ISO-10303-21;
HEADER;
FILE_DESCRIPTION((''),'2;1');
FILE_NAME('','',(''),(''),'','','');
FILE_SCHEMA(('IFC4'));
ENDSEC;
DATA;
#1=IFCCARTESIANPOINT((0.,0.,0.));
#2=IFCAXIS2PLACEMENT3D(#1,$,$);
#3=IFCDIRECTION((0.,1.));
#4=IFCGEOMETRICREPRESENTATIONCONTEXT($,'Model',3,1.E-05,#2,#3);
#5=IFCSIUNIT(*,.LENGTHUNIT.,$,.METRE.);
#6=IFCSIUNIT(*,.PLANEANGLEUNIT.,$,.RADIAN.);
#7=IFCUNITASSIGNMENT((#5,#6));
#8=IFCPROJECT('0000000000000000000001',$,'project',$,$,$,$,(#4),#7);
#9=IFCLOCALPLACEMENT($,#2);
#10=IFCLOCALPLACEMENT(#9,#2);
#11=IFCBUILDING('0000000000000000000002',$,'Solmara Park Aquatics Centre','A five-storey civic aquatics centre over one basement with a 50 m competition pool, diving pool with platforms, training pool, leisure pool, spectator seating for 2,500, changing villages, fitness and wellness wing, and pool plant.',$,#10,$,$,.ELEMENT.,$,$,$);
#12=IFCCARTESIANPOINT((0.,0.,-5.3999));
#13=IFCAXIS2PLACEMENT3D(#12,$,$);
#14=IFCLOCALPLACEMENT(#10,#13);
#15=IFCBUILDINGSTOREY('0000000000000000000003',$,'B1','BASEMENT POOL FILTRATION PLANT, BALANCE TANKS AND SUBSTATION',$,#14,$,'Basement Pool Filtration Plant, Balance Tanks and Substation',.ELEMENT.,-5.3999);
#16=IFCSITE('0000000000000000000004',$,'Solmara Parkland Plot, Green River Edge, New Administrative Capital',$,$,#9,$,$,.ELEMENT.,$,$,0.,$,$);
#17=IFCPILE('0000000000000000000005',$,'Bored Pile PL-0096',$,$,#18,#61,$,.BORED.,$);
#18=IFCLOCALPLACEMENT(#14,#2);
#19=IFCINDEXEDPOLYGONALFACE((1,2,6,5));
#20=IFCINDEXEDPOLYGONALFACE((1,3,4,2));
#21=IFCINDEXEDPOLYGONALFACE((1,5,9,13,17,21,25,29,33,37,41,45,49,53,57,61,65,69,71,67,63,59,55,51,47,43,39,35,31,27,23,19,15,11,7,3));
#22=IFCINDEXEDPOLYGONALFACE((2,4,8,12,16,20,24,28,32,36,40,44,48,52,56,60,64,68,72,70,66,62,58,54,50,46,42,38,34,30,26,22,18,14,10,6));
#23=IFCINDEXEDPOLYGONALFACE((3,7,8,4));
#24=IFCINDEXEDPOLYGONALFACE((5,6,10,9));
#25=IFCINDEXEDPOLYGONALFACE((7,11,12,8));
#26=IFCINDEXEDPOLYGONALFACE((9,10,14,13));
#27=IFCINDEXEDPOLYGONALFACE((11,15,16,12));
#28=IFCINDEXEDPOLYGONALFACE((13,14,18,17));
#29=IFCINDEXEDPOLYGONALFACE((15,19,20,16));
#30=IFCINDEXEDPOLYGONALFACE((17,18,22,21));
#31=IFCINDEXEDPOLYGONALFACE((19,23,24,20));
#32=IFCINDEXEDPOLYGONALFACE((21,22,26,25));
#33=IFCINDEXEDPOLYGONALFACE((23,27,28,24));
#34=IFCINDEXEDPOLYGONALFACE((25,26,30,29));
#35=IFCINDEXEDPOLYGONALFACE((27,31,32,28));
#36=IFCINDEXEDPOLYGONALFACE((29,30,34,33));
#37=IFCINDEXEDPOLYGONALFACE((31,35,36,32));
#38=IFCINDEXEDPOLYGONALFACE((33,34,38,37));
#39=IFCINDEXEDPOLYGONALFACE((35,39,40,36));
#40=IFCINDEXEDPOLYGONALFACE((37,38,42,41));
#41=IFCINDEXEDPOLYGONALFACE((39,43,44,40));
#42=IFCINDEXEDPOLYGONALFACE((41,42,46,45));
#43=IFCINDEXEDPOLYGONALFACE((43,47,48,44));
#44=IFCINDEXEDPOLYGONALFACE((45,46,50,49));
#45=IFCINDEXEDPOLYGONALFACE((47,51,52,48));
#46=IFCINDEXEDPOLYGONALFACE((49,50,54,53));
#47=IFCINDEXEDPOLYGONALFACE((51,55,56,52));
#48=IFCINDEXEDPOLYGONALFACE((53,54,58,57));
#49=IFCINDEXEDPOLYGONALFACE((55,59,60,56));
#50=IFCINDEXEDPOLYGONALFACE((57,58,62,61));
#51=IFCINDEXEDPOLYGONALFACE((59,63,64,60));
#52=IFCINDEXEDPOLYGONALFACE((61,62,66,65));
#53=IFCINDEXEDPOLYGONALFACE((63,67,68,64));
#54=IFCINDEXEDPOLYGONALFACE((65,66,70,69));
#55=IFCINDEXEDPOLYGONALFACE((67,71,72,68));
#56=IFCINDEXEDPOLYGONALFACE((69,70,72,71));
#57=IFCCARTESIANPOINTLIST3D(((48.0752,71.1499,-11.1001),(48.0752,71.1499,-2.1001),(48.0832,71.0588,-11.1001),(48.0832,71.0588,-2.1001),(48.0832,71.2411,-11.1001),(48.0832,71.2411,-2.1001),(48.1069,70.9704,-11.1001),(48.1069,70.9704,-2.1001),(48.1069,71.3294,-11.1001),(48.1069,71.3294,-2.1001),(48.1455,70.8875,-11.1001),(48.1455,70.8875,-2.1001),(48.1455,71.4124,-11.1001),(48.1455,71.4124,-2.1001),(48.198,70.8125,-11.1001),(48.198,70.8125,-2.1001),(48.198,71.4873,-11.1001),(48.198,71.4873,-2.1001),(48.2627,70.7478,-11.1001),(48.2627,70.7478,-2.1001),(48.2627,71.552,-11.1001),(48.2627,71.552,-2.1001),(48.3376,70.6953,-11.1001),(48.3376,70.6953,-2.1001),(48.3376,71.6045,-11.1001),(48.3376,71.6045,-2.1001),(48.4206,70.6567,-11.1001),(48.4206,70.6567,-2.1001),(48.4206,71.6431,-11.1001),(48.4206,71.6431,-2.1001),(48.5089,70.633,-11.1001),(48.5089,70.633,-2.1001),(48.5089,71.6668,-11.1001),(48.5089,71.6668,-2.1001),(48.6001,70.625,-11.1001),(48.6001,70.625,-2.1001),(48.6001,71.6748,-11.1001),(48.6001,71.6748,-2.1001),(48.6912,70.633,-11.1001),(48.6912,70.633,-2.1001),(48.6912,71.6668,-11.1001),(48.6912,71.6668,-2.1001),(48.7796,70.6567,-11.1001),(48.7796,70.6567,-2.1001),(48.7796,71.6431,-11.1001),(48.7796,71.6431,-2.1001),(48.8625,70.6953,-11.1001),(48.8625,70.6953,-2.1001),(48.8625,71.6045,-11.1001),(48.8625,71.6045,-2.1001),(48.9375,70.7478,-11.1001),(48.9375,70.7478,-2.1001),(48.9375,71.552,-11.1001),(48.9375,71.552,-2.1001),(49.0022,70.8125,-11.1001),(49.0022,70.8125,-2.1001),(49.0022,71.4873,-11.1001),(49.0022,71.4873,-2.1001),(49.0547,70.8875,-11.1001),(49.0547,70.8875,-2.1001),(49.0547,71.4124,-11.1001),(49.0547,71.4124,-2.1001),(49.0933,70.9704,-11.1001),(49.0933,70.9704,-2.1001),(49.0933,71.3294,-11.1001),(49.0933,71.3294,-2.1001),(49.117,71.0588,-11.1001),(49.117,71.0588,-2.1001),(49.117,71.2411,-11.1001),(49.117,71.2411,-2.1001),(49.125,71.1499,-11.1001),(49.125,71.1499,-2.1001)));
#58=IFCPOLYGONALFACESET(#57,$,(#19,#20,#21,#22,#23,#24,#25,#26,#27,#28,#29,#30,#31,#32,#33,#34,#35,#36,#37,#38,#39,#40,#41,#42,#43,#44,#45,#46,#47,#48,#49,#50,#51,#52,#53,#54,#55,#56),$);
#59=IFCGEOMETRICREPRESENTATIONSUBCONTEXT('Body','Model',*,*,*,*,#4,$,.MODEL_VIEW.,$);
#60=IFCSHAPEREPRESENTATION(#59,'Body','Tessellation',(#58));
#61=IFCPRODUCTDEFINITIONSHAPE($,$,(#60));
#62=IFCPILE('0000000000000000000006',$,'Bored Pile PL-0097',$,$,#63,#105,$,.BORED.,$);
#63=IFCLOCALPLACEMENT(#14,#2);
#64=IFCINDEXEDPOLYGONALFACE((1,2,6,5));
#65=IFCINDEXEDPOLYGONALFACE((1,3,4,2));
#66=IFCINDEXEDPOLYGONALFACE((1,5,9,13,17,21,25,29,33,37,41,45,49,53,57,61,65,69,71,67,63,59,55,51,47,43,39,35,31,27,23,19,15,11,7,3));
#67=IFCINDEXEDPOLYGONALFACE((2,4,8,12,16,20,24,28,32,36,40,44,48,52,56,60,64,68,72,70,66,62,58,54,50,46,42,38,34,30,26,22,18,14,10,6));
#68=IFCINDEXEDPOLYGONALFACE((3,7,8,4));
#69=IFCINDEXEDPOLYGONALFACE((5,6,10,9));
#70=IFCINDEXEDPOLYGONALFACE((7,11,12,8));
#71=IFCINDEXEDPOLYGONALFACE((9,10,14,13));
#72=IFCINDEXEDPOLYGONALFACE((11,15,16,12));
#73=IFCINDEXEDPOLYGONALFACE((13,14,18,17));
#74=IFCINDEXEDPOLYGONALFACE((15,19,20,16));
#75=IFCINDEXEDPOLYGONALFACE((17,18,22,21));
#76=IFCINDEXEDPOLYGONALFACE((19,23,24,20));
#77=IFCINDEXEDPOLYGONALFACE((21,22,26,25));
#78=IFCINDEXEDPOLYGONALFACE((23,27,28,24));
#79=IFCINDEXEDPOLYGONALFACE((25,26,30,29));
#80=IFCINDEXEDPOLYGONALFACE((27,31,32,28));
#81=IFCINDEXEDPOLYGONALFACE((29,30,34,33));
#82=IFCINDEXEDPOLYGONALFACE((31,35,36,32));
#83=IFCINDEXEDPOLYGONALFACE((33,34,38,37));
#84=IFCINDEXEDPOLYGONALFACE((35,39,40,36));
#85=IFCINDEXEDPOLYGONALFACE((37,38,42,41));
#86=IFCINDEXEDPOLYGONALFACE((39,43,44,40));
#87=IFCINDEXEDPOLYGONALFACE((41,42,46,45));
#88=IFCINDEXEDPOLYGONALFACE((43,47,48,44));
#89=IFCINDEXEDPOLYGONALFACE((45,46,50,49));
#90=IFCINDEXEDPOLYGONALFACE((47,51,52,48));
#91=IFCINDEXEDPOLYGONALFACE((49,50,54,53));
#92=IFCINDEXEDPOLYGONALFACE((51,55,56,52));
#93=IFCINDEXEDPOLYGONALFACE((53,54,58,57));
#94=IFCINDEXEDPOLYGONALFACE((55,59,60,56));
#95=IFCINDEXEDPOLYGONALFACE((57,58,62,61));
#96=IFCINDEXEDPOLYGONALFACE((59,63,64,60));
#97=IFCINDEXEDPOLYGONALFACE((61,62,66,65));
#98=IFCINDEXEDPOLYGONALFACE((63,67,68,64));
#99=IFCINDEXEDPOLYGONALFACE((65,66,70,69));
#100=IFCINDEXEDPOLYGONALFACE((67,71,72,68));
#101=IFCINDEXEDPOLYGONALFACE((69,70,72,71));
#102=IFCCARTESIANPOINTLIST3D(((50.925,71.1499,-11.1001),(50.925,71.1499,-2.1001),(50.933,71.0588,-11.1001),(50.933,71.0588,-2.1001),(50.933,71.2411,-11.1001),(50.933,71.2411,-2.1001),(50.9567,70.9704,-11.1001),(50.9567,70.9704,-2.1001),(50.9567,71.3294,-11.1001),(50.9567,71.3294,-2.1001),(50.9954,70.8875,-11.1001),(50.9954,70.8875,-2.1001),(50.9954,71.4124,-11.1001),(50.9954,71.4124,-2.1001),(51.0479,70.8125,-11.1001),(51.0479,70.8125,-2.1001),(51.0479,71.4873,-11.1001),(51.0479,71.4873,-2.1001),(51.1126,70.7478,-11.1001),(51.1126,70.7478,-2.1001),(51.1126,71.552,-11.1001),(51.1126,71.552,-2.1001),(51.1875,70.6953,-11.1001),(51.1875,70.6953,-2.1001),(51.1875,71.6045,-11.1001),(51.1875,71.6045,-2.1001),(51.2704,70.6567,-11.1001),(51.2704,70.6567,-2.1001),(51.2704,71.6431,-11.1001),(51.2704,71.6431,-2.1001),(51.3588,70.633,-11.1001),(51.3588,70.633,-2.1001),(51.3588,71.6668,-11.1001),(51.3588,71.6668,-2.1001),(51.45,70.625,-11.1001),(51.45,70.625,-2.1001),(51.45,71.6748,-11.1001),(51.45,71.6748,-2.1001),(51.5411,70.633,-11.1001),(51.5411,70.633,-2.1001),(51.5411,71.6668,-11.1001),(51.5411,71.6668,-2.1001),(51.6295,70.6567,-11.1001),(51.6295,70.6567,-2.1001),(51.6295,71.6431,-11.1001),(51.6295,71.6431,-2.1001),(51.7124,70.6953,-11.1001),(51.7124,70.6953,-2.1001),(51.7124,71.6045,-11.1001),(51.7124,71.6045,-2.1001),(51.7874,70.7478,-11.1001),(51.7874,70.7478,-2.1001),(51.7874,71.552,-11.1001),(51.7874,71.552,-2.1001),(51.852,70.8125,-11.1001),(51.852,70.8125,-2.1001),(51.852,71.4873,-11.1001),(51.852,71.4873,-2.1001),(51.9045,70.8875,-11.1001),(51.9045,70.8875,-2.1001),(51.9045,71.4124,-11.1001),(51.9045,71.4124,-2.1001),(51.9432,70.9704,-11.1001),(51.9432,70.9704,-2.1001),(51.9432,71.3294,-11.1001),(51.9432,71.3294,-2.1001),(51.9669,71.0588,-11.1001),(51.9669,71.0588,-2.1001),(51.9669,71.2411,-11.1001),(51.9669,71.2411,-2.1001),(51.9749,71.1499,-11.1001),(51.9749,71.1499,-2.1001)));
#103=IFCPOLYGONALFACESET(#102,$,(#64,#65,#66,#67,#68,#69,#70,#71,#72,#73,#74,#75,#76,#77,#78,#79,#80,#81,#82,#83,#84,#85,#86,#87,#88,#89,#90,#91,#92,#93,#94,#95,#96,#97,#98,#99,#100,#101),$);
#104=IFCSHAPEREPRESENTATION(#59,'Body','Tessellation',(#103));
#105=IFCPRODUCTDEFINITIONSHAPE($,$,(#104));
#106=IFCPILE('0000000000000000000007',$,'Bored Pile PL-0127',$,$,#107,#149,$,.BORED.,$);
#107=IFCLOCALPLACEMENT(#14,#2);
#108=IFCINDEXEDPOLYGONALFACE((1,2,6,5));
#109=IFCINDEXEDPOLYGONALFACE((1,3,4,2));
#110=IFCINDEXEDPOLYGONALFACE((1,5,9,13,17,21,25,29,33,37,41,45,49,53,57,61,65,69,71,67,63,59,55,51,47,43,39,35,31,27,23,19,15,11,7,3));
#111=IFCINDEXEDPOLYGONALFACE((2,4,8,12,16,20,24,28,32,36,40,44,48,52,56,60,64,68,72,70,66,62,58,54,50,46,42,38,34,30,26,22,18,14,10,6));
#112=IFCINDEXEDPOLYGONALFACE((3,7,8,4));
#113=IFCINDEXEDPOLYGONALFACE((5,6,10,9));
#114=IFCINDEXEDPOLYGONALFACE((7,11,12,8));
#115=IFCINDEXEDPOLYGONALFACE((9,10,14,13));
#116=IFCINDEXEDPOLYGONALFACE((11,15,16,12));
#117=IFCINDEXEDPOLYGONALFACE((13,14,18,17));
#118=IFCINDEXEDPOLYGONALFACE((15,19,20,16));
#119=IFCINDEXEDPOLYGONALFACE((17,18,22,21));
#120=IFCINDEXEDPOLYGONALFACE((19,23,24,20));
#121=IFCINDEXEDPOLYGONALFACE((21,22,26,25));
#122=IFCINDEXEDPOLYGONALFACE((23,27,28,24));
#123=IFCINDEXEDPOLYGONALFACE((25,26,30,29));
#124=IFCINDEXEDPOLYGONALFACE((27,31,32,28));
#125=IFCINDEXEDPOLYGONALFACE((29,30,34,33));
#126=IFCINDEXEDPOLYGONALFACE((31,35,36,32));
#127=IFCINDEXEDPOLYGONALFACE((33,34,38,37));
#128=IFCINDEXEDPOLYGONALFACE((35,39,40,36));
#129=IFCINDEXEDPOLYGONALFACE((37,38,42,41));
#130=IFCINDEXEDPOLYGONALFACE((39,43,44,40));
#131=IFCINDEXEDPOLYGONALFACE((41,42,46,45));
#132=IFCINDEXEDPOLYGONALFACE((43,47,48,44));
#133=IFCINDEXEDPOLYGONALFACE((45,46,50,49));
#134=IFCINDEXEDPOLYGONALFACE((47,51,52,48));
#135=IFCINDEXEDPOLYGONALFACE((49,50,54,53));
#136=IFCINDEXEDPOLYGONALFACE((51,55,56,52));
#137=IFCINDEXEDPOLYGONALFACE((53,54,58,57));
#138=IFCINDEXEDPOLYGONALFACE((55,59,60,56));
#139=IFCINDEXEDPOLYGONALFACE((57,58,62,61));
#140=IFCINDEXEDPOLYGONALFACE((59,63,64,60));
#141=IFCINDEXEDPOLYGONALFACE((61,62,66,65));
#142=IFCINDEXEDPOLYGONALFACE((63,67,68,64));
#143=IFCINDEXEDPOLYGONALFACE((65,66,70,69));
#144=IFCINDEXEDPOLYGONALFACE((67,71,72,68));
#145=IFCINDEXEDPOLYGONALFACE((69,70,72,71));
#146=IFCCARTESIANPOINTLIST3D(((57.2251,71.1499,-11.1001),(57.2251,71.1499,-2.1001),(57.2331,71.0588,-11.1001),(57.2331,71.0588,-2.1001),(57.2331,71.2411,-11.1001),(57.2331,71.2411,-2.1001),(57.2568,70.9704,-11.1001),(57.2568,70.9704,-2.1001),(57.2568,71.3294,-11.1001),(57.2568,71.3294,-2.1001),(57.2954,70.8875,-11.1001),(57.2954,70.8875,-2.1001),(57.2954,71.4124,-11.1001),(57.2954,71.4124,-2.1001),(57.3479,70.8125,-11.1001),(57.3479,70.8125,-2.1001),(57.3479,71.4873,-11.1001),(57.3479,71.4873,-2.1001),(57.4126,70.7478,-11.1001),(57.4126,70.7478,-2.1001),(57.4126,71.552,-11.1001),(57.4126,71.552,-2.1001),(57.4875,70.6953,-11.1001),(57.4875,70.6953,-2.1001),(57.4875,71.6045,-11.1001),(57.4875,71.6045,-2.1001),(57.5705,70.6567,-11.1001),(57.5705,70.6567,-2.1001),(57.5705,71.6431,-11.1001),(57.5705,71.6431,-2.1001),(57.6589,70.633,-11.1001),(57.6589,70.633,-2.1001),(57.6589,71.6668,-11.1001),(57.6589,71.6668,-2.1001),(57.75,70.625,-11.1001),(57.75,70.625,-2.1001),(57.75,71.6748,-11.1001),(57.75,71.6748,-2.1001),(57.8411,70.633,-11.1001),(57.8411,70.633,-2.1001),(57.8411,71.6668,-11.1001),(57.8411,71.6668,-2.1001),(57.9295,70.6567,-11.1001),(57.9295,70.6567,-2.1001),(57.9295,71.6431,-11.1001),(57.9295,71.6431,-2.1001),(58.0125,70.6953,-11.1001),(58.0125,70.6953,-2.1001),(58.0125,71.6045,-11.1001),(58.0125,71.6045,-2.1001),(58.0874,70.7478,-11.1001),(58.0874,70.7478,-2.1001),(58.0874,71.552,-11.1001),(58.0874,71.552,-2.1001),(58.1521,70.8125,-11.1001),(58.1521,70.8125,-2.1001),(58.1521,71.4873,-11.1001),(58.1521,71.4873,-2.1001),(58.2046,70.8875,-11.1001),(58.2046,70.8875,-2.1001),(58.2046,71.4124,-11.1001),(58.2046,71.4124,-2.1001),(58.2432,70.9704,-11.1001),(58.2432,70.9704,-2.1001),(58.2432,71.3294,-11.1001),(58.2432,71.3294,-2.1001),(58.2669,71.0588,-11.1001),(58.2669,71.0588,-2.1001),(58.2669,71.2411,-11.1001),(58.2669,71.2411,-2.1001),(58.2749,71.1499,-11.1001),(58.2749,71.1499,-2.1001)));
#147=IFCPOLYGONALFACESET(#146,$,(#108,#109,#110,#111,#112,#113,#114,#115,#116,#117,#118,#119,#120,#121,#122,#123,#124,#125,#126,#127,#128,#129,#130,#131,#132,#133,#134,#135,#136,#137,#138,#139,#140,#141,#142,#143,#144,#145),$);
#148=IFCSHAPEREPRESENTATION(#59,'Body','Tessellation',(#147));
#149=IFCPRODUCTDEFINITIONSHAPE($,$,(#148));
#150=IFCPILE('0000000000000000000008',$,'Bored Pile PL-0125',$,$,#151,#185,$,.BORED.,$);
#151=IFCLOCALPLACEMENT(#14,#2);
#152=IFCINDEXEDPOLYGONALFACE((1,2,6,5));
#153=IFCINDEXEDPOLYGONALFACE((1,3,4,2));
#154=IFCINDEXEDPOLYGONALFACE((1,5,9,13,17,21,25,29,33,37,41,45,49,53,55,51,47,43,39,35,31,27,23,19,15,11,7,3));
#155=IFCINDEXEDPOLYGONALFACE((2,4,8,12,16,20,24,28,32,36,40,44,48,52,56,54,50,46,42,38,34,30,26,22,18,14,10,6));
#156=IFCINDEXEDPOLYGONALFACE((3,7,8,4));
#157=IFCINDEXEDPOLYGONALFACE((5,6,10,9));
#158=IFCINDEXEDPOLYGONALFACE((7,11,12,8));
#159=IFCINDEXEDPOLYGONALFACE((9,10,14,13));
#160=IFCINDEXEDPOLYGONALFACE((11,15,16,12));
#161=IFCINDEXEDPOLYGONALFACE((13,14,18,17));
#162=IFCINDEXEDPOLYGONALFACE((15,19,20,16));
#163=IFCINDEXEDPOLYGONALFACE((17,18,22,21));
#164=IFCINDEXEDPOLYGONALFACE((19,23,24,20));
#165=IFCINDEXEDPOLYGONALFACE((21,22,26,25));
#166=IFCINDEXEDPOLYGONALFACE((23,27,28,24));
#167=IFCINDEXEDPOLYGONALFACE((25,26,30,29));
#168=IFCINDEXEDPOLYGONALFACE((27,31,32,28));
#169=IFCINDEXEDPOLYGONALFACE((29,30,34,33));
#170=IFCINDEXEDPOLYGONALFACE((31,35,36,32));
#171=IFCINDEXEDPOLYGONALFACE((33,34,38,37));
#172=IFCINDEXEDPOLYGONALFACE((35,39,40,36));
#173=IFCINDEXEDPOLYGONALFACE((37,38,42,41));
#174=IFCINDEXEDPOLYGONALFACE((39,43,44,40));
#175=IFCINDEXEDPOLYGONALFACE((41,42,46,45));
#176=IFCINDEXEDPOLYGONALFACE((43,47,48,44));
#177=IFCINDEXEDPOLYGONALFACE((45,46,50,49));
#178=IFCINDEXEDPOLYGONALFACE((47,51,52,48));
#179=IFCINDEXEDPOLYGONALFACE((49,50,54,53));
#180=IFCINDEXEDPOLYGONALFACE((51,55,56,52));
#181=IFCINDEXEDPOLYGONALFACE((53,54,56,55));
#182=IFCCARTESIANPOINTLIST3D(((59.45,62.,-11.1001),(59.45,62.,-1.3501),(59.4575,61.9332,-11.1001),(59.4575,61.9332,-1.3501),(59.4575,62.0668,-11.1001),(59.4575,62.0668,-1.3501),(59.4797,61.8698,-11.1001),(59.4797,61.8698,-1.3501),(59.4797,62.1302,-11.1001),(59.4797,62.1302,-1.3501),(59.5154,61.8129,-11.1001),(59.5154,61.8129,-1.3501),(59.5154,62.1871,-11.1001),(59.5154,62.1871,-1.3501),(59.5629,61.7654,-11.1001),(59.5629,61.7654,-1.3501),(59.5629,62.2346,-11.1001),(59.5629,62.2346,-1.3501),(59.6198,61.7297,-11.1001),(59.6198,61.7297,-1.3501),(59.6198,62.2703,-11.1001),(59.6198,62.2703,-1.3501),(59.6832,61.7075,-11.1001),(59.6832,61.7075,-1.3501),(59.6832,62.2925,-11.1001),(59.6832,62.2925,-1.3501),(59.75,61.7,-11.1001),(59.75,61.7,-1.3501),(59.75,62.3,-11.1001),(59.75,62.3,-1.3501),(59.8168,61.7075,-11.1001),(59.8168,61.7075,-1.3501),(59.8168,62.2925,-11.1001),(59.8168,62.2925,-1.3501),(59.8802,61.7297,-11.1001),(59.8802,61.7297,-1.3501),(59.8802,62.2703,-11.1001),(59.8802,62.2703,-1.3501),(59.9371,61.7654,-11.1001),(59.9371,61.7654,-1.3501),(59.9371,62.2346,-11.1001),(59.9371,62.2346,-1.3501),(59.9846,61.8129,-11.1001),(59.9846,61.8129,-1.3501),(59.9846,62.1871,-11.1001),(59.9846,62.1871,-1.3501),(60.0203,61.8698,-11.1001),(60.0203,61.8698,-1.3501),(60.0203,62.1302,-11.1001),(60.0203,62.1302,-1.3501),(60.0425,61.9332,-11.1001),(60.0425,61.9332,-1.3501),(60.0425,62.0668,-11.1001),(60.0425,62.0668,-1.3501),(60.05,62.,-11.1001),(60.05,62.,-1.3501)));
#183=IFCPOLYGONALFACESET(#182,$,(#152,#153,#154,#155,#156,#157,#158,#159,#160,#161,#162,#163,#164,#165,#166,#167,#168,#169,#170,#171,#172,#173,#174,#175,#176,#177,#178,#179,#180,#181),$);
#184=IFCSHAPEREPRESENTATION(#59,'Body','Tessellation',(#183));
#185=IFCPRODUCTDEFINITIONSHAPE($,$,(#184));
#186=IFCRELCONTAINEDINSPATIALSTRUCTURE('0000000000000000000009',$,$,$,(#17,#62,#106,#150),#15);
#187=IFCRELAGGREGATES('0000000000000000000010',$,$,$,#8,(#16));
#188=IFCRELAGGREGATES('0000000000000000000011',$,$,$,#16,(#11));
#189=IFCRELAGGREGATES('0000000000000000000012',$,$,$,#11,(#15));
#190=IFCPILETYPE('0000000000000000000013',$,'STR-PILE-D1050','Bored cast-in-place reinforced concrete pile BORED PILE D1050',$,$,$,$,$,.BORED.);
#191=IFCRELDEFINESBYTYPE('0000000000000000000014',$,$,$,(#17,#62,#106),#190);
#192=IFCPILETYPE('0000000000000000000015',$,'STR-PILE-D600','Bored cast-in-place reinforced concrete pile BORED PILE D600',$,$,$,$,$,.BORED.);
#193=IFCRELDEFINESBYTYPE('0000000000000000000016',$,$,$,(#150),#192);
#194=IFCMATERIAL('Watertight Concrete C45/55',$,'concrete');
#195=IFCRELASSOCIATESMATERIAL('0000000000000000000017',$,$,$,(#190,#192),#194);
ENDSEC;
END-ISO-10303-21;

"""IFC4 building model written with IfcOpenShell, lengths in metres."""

from ifc_helpers import new_model, si_unit, direction, frame, origin, origin_2d, place, context, subcontext, project, spatial, circle, extrude, material, material_profile, profile_set, type_object, element, save


model = new_model("IFC4")

# Units and contexts
model_context = context("Model", 3, precision=1e-05, world=origin(), true_north=direction((0.0, 1.0)))
body_context = subcontext(model_context, "Body", "Model", "MODEL_VIEW")
ifc_project = project(units=[si_unit("LENGTHUNIT", "METRE"), si_unit("PLANEANGLEUNIT", "RADIAN")], contexts=[model_context])

# Site, building, storey
site_placement = place(None, origin())
site = spatial("IfcSite", under=ifc_project, at=site_placement, Name="Solmara Parkland Plot, Green River Edge, New Administrative Capital", CompositionType="ELEMENT", RefElevation=0.0)
building_placement = place(site_placement, origin())
building = spatial("IfcBuilding", under=site, at=building_placement, Name="Solmara Park Aquatics Centre", Description="A five-storey civic aquatics centre over one basement with a 50 m competition pool, diving pool with platforms, training pool, leisure pool, spectator seating for 2,500, changing villages, fitness and wellness wing, and pool plant.", CompositionType="ELEMENT")
storey_placement = place(building_placement, frame((0.0, 0.0, -5.3999)))
storey = spatial("IfcBuildingStorey", under=building, at=storey_placement, Name="B1", Description="BASEMENT POOL FILTRATION PLANT, BALANCE TANKS AND SUBSTATION", LongName="Basement Pool Filtration Plant, Balance Tanks and Substation", CompositionType="ELEMENT", Elevation=-5.3999)

# Shared definitions
ifc_material_1 = material(Name="Watertight Concrete C45/55", Category="concrete")

# Piles
ifc_material_profile_1 = material_profile(ifc_material_1, circle(Radius=0.5249, at=origin_2d()), Name="BORED PILE D1050")
ifc_profile_set_1 = profile_set([ifc_material_profile_1], Name="Watertight Concrete C45/55")
pile_type_1 = type_object("IfcPileType", Name="STR-PILE-D1050", Description="Bored cast-in-place reinforced concrete pile BORED PILE D1050", PredefinedType="BORED", material=ifc_profile_set_1)
for number, where, z_axis, x_axis, name in (
    (1, (48.6001, 71.1499, -2.1001), (0.0, 0.0, -1.0), (1.0, 0.0, 0.0), "Bored Pile PL-0096"),
    (2, (51.45, 71.1499, -2.1001), (0.0, 0.0, -1.0), (1.0, 0.0, 0.0), "Bored Pile PL-0097"),
    (3, (57.75, 71.1499, -2.1001), (0.0, 0.0, -1.0), (1.0, 0.0, 0.0), "Bored Pile PL-0127"),
):
    element("IfcPile", number, at=place(storey_placement, frame(where, z_axis=z_axis, x_axis=x_axis)), inside=storey, type_object=pile_type_1, Name=name, PredefinedType="BORED", context=body_context, shape_type="SweptSolid", body=[
        extrude(circle(Radius=0.5249, at=origin_2d()), origin(), (0.0, 0.0, 1.0), 9.0),
    ])
ifc_material_profile_2 = material_profile(ifc_material_1, circle(Radius=0.3, at=origin_2d()), Name="BORED PILE D600")
ifc_profile_set_2 = profile_set([ifc_material_profile_2], Name="Watertight Concrete C45/55")
pile_type_2 = type_object("IfcPileType", Name="STR-PILE-D600", Description="Bored cast-in-place reinforced concrete pile BORED PILE D600", PredefinedType="BORED", material=ifc_profile_set_2)
pile_placement = place(storey_placement, frame((59.75, 62.0, -1.3501), z_axis=(0.0, 0.0, -1.0), x_axis=(1.0, 0.0, 0.0)))
element("IfcPile", 4, at=pile_placement, inside=storey, type_object=pile_type_2, Name="Bored Pile PL-0125", PredefinedType="BORED", context=body_context, shape_type="SweptSolid", body=[
    extrude(circle(Radius=0.3, at=origin_2d()), origin(), (0.0, 0.0, 1.0), 9.75),
])

save(model, "model.ifc")
